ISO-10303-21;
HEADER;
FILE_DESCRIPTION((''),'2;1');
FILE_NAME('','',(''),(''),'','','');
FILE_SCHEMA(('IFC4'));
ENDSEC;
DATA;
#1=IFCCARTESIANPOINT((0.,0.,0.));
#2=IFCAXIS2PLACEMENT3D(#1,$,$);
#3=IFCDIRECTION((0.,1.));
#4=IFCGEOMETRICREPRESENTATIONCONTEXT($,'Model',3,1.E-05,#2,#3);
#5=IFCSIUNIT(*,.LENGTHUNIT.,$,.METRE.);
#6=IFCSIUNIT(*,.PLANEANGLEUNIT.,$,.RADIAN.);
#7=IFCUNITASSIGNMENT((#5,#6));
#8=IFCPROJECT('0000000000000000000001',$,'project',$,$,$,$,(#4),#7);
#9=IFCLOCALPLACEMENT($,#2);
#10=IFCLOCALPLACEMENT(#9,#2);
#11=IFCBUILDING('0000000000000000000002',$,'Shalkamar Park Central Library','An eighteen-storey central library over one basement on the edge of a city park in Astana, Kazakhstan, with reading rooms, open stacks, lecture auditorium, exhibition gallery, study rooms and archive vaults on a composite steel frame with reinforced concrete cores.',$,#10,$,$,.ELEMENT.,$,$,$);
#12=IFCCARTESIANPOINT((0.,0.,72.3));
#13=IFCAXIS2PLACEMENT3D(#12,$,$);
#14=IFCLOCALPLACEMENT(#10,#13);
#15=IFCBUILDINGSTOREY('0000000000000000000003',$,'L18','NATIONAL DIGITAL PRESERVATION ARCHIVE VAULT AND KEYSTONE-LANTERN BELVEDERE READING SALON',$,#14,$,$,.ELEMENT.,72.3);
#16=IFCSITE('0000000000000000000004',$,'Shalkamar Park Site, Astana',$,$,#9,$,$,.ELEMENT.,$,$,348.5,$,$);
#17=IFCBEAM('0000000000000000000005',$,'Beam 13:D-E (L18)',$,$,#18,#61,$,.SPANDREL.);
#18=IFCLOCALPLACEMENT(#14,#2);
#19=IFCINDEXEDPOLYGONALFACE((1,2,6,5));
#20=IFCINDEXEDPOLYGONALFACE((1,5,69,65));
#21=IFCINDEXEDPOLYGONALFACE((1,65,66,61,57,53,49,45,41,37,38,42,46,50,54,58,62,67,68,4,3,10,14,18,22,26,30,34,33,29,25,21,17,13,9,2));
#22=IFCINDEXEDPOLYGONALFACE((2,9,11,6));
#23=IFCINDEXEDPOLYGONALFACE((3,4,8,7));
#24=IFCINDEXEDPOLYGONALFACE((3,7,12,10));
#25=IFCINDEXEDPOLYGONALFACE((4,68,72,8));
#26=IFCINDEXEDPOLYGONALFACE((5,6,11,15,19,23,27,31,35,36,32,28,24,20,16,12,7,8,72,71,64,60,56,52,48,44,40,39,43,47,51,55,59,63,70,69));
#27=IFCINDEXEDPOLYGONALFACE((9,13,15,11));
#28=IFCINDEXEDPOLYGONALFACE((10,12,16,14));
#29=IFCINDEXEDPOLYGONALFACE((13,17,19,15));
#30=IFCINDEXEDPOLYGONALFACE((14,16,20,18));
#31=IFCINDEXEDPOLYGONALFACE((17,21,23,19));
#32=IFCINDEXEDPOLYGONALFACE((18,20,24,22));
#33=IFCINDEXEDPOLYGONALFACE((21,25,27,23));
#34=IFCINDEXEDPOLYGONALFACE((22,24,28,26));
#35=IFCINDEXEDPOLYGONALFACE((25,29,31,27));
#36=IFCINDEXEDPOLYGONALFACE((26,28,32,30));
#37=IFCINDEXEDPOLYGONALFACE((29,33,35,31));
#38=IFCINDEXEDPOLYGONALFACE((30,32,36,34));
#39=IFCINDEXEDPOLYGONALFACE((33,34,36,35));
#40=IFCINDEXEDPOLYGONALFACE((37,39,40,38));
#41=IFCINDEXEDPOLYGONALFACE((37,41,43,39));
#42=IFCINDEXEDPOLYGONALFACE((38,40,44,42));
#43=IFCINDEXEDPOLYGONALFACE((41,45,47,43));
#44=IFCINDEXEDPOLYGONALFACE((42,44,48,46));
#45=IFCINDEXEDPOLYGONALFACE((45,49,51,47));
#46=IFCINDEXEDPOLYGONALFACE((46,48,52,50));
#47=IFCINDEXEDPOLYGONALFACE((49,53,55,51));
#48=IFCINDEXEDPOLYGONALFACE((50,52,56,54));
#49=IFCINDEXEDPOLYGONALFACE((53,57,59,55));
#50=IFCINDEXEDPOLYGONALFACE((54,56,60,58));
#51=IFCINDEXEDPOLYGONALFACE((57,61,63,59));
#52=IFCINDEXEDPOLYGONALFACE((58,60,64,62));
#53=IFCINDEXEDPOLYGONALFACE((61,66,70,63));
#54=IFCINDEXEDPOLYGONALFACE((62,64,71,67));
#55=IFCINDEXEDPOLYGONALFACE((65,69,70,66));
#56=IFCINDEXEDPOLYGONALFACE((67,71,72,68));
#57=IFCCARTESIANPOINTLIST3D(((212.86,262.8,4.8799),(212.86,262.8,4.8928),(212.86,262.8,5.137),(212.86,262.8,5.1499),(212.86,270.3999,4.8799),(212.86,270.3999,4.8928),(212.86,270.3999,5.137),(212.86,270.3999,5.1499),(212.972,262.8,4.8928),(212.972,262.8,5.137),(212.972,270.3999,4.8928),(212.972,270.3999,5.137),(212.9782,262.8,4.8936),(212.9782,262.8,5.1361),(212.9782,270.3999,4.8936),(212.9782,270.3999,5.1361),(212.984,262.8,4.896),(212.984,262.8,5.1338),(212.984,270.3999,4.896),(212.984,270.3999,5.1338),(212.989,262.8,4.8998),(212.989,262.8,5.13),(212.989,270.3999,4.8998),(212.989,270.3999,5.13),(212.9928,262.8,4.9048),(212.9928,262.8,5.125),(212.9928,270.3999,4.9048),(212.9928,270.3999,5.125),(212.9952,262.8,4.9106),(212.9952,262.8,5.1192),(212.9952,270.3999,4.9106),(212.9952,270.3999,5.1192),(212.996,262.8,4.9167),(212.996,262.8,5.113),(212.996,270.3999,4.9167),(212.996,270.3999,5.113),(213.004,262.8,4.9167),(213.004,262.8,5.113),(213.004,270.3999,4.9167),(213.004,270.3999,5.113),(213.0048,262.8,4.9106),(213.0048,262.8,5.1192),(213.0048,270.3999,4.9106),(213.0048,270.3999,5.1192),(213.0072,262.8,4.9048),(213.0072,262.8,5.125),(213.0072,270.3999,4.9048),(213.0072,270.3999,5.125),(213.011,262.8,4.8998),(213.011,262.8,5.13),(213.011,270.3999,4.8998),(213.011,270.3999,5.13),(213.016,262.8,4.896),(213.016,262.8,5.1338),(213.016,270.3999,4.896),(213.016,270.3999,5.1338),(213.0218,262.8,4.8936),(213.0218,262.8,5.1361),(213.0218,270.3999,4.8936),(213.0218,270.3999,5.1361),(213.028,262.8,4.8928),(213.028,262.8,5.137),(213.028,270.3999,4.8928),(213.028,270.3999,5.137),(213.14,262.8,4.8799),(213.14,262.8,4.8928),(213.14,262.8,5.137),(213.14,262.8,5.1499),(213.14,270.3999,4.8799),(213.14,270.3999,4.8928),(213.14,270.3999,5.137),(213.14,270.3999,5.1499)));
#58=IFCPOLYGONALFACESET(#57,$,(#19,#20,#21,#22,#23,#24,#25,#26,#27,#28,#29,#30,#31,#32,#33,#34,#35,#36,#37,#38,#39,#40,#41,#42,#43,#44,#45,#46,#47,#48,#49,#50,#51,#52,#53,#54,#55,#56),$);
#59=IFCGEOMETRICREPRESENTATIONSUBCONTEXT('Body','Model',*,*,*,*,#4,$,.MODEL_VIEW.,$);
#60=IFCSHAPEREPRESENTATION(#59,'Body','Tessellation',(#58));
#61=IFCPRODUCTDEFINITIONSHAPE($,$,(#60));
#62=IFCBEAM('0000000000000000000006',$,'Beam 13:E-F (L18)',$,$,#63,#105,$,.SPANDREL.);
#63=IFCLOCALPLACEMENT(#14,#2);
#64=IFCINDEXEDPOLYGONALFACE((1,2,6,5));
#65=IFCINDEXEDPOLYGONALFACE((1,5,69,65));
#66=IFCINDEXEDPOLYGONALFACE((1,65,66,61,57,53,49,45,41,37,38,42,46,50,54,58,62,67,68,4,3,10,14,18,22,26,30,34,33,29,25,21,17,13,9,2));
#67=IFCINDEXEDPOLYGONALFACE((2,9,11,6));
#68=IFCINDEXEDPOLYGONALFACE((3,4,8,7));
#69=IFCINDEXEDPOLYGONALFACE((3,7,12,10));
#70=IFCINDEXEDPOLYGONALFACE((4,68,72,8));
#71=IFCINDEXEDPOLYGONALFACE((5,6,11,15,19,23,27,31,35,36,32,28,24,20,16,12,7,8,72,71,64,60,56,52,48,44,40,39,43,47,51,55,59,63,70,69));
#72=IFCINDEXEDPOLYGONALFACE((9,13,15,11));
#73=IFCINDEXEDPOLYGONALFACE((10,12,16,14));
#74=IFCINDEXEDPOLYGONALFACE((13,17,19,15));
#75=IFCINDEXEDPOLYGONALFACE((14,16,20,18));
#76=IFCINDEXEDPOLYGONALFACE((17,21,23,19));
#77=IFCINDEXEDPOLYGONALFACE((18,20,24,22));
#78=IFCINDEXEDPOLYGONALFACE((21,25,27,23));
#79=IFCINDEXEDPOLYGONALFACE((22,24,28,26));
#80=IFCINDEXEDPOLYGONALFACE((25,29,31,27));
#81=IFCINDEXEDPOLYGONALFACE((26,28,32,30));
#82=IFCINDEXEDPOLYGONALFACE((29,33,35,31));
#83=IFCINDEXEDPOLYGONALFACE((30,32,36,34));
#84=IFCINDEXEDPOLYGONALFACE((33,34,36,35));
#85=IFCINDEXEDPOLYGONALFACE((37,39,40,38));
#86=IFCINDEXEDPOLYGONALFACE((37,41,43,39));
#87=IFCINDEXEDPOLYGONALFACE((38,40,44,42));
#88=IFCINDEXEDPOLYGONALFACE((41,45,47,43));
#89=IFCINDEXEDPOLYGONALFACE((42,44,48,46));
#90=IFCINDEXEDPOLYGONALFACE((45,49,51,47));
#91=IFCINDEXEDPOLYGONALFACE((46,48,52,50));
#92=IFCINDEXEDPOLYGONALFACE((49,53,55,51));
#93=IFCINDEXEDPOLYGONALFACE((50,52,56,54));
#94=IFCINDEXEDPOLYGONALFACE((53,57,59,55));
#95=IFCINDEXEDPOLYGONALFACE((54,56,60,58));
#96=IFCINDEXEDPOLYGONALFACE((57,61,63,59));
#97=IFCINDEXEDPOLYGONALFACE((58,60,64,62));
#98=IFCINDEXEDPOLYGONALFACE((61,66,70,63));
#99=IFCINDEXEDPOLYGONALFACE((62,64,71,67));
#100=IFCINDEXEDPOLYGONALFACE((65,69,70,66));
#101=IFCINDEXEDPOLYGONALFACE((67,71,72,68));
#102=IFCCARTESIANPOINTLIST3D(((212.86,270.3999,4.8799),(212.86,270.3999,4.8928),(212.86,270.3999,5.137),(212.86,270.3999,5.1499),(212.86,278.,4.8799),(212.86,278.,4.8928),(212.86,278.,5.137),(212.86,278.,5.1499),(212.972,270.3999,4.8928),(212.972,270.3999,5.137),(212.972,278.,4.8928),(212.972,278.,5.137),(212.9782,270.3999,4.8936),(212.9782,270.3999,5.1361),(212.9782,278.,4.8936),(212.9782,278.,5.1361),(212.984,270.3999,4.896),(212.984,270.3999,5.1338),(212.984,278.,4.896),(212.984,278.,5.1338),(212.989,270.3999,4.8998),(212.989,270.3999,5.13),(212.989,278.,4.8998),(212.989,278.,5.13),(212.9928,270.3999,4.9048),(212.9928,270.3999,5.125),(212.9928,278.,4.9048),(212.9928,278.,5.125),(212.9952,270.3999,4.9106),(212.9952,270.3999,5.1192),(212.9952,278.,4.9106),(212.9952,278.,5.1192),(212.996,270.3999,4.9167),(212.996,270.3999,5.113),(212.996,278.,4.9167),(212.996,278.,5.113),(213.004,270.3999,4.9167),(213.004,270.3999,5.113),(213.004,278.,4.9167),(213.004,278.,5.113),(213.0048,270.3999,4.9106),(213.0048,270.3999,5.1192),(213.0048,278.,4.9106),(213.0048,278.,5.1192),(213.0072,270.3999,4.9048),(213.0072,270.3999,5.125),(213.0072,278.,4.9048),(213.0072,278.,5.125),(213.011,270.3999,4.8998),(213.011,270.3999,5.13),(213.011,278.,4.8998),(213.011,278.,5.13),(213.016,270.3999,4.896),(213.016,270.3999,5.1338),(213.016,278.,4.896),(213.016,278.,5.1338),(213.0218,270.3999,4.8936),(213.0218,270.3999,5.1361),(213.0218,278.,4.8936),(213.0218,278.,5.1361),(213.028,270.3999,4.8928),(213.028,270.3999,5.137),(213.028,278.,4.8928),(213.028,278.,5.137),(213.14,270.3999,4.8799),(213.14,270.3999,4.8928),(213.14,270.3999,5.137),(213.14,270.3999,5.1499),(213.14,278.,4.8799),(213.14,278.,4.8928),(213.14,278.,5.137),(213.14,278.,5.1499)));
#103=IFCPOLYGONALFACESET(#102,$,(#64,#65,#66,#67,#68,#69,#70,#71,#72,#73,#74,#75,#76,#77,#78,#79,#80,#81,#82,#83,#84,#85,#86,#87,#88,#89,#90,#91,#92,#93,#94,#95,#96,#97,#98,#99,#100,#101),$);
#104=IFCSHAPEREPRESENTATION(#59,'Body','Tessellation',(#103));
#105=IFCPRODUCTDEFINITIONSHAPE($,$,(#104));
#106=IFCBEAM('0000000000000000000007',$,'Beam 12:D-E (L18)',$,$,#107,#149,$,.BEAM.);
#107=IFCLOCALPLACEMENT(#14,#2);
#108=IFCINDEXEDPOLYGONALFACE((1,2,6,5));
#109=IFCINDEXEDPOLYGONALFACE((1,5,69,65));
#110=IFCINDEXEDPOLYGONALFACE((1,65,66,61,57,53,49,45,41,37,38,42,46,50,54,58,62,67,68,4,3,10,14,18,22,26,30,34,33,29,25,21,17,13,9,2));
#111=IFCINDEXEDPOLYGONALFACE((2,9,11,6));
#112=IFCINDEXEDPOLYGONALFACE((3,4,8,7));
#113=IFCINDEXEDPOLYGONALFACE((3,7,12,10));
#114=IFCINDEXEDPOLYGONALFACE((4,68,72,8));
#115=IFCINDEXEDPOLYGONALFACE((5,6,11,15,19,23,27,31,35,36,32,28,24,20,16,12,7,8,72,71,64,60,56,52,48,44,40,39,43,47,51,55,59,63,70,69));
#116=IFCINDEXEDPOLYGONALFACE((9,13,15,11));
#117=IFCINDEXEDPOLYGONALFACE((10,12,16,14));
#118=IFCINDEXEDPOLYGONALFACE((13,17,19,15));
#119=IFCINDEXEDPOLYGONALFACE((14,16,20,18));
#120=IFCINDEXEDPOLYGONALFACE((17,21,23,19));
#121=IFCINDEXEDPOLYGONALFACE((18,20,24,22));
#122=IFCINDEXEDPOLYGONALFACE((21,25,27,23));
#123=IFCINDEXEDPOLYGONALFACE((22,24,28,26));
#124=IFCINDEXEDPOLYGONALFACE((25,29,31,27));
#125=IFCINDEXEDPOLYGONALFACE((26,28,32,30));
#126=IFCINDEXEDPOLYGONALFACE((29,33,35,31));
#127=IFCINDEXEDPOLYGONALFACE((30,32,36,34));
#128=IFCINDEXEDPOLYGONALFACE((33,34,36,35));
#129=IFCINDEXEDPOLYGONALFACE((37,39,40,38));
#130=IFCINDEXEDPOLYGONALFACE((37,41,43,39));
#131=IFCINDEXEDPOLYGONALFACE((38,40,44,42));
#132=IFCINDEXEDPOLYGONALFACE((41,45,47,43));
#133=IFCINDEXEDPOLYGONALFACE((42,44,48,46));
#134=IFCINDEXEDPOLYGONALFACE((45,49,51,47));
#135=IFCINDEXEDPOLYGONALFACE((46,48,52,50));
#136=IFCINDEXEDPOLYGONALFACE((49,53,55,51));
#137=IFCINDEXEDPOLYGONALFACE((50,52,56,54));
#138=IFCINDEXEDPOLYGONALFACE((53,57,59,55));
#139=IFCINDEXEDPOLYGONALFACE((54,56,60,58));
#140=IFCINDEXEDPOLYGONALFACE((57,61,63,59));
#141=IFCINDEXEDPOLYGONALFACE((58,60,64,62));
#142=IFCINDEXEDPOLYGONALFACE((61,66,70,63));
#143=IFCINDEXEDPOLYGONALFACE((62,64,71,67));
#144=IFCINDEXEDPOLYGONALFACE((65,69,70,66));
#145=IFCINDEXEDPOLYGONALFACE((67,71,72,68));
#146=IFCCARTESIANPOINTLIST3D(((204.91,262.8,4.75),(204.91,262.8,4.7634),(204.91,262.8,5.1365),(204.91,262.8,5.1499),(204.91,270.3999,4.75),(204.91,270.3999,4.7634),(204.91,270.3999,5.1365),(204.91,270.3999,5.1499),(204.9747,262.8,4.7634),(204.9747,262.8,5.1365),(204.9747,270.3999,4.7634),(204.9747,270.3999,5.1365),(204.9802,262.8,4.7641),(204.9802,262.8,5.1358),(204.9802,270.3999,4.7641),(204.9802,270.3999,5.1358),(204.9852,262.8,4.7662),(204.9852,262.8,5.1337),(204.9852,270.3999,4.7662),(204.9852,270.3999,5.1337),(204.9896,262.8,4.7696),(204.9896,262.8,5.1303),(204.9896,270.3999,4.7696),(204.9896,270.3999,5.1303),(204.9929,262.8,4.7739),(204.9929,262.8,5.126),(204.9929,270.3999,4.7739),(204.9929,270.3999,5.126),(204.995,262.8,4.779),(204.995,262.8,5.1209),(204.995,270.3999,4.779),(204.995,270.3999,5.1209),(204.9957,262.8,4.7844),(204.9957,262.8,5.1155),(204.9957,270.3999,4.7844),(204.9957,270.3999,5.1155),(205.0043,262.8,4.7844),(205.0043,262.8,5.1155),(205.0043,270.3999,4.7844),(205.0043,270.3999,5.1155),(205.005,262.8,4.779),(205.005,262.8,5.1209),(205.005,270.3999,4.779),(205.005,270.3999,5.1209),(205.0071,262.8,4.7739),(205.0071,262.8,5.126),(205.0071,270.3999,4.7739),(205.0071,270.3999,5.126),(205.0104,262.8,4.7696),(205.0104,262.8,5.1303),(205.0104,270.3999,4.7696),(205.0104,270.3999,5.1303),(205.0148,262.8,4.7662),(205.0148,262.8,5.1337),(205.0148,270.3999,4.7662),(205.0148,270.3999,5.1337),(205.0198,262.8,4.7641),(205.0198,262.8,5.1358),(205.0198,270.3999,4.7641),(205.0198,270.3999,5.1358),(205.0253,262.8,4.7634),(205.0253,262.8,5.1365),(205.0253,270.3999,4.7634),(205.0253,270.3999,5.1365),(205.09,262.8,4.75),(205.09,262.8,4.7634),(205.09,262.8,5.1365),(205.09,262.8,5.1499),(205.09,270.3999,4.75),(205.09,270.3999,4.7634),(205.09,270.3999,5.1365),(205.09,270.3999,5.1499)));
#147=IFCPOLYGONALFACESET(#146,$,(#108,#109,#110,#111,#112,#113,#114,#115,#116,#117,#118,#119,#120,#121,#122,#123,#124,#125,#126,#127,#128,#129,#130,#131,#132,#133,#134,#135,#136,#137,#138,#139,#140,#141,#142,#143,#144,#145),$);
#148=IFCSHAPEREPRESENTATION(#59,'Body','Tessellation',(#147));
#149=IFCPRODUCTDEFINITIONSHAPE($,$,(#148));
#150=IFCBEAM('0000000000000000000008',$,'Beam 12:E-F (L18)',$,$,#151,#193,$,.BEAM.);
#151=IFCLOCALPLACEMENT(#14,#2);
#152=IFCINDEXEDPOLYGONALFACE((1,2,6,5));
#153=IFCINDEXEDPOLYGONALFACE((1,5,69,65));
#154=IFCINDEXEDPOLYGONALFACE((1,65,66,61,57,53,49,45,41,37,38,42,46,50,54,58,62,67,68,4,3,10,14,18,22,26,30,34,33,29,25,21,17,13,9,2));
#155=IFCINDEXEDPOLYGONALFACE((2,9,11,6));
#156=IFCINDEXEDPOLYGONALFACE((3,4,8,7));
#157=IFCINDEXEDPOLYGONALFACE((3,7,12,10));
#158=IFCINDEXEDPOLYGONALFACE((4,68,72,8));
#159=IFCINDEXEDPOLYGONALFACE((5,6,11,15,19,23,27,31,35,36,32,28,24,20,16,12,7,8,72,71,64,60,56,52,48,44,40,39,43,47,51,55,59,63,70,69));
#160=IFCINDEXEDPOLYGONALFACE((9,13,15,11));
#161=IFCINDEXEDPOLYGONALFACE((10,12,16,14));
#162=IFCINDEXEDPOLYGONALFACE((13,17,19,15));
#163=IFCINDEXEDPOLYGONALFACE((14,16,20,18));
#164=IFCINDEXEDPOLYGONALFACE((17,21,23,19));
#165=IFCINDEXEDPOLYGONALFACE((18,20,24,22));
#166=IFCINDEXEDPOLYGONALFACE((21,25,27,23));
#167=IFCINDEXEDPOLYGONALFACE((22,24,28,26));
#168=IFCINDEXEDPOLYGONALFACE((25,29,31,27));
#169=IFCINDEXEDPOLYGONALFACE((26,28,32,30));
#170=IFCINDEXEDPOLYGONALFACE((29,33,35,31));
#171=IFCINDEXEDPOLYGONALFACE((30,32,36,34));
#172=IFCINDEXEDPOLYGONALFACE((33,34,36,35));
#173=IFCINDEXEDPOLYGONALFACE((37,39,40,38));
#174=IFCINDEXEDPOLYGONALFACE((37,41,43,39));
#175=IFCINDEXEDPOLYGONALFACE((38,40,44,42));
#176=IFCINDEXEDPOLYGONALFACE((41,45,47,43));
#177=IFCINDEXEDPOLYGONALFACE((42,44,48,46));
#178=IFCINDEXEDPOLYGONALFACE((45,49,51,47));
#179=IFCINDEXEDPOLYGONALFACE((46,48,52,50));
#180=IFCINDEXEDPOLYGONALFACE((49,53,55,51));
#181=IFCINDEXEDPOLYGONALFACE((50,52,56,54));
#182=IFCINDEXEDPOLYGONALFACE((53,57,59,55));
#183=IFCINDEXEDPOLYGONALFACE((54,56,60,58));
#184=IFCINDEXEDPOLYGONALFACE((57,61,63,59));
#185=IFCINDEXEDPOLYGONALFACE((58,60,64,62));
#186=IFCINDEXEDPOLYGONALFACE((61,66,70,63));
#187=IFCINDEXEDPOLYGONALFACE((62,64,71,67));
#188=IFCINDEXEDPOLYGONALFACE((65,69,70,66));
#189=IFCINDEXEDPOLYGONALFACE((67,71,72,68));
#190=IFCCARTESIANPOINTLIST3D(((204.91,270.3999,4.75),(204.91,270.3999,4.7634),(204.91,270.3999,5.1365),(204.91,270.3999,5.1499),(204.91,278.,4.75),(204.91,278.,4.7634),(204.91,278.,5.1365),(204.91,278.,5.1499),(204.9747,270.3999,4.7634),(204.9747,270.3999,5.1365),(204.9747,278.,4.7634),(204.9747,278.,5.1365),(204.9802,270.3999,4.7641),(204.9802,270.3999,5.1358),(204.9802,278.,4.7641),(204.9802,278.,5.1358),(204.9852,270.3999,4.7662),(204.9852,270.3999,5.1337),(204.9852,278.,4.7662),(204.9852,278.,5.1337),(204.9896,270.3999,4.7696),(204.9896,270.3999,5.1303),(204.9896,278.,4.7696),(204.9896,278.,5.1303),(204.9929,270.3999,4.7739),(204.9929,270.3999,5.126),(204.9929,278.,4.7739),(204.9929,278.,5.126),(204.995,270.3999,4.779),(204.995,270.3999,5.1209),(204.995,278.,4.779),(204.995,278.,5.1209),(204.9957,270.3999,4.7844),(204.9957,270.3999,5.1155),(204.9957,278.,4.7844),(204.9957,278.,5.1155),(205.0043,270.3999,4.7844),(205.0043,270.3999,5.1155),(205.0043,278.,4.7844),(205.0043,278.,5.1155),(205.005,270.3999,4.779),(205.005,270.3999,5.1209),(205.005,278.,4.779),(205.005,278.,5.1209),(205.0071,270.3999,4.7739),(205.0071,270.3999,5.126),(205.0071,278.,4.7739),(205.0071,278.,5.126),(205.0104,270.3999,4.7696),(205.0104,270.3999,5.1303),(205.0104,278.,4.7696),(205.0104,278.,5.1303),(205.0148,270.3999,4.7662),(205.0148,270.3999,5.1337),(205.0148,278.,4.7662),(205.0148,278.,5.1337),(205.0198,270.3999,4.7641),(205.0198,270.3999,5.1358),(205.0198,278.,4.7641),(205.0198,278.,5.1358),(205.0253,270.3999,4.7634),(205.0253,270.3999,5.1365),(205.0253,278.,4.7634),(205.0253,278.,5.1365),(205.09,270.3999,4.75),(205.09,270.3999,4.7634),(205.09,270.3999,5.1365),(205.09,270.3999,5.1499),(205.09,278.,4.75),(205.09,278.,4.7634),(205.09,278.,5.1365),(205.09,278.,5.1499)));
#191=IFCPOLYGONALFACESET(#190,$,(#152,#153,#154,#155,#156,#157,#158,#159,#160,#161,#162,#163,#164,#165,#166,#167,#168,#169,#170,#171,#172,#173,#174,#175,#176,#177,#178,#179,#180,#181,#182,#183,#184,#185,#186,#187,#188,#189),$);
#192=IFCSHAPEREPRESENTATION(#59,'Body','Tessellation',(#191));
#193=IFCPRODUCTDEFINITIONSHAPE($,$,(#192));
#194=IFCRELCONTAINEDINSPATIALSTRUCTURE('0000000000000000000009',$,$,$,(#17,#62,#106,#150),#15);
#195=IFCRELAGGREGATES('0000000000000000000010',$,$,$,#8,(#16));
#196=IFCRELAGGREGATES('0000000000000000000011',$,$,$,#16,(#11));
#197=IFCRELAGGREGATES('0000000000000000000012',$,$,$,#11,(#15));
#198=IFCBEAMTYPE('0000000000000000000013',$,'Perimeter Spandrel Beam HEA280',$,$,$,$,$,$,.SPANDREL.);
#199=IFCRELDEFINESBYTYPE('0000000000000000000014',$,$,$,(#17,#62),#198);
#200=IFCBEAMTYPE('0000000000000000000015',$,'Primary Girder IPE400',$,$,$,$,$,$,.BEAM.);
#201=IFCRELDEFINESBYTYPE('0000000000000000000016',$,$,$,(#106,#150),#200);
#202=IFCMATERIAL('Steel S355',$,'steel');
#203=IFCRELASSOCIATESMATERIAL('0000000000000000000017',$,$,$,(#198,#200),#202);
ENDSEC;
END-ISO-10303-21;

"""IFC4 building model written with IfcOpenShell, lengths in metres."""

from ifc_helpers import new_model, si_unit, direction, frame, origin, origin_2d, place, context, subcontext, project, spatial, i_section, extrude, material, material_profile, profile_set, type_object, element, save


model = new_model("IFC4")

# Units and contexts
model_context = context("Model", 3, precision=1e-05, world=origin(), true_north=direction((0.0, 1.0)))
body_context = subcontext(model_context, "Body", "Model", "MODEL_VIEW")
ifc_project = project(units=[si_unit("LENGTHUNIT", "METRE"), si_unit("PLANEANGLEUNIT", "RADIAN")], contexts=[model_context])

# Site, building, storey
site_placement = place(None, origin())
site = spatial("IfcSite", under=ifc_project, at=site_placement, Name="Shalkamar Park Site, Astana", CompositionType="ELEMENT", RefElevation=348.5)
building_placement = place(site_placement, origin())
building = spatial("IfcBuilding", under=site, at=building_placement, Name="Shalkamar Park Central Library", Description="An eighteen-storey central library over one basement on the edge of a city park in Astana, Kazakhstan, with reading rooms, open stacks, lecture auditorium, exhibition gallery, study rooms and archive vaults on a composite steel frame with reinforced concrete cores.", CompositionType="ELEMENT")
storey_placement = place(building_placement, frame((0.0, 0.0, 72.3)))
storey = spatial("IfcBuildingStorey", under=building, at=storey_placement, Name="L18", Description="NATIONAL DIGITAL PRESERVATION ARCHIVE VAULT AND KEYSTONE-LANTERN BELVEDERE READING SALON", CompositionType="ELEMENT", Elevation=72.3)

# Shared definitions
ifc_material_1 = material(Name="Steel S355", Category="steel")

# Beams
ifc_material_profile_1 = material_profile(ifc_material_1, i_section(OverallWidth=0.28, OverallDepth=0.27, WebThickness=0.0081, FlangeThickness=0.0129, FilletRadius=0.0239, at=origin_2d()), Name="HEA 280")
ifc_profile_set_1 = profile_set([ifc_material_profile_1], Name="Steel S355")
beam_type_1 = type_object("IfcBeamType", Name="Perimeter Spandrel Beam HEA280", PredefinedType="SPANDREL", material=ifc_profile_set_1)
beam_1_placement = place(storey_placement, frame((213.0, 262.8, 5.0149), z_axis=(0.0, 1.0, 0.0), x_axis=(-1.0, 0.0, 0.0)))
element("IfcBeam", 1, at=beam_1_placement, inside=storey, type_object=beam_type_1, Name="Beam 13:D-E (L18)", PredefinedType="SPANDREL", context=body_context, shape_type="SweptSolid", body=[
    extrude(i_section(OverallWidth=0.28, OverallDepth=0.27, WebThickness=0.0081, FlangeThickness=0.0129, FilletRadius=0.0239, at=origin_2d()), origin(), (0.0, 0.0, 1.0), 7.5999),
])
beam_2_placement = place(storey_placement, frame((213.0, 270.3999, 5.0149), z_axis=(0.0, 1.0, 0.0), x_axis=(-1.0, 0.0, 0.0)))
element("IfcBeam", 2, at=beam_2_placement, inside=storey, type_object=beam_type_1, Name="Beam 13:E-F (L18)", PredefinedType="SPANDREL", context=body_context, shape_type="SweptSolid", body=[
    extrude(i_section(OverallWidth=0.28, OverallDepth=0.27, WebThickness=0.0081, FlangeThickness=0.0129, FilletRadius=0.0239, at=origin_2d()), origin(), (0.0, 0.0, 1.0), 7.6001),
])
ifc_material_profile_2 = material_profile(ifc_material_1, i_section(OverallWidth=0.1799, OverallDepth=0.3999, WebThickness=0.0085, FlangeThickness=0.0134, FilletRadius=0.021, at=origin_2d()), Name="IPE 400")
ifc_profile_set_2 = profile_set([ifc_material_profile_2], Name="Steel S355")
beam_type_2 = type_object("IfcBeamType", Name="Primary Girder IPE400", PredefinedType="BEAM", material=ifc_profile_set_2)
beam_3_placement = place(storey_placement, frame((205.0, 262.8, 4.95), z_axis=(0.0, 1.0, 0.0), x_axis=(-1.0, 0.0, 0.0)))
element("IfcBeam", 3, at=beam_3_placement, inside=storey, type_object=beam_type_2, Name="Beam 12:D-E (L18)", PredefinedType="BEAM", context=body_context, shape_type="SweptSolid", body=[
    extrude(i_section(OverallWidth=0.1799, OverallDepth=0.3999, WebThickness=0.0085, FlangeThickness=0.0134, FilletRadius=0.021, at=origin_2d()), origin(), (0.0, 0.0, 1.0), 7.5999),
])
beam_4_placement = place(storey_placement, frame((205.0, 270.3999, 4.95), z_axis=(0.0, 1.0, 0.0), x_axis=(-1.0, 0.0, 0.0)))
element("IfcBeam", 4, at=beam_4_placement, inside=storey, type_object=beam_type_2, Name="Beam 12:E-F (L18)", PredefinedType="BEAM", context=body_context, shape_type="SweptSolid", body=[
    extrude(i_section(OverallWidth=0.1799, OverallDepth=0.3999, WebThickness=0.0085, FlangeThickness=0.0134, FilletRadius=0.021, at=origin_2d()), origin(), (0.0, 0.0, 1.0), 7.6001),
])

save(model, "model.ifc")
